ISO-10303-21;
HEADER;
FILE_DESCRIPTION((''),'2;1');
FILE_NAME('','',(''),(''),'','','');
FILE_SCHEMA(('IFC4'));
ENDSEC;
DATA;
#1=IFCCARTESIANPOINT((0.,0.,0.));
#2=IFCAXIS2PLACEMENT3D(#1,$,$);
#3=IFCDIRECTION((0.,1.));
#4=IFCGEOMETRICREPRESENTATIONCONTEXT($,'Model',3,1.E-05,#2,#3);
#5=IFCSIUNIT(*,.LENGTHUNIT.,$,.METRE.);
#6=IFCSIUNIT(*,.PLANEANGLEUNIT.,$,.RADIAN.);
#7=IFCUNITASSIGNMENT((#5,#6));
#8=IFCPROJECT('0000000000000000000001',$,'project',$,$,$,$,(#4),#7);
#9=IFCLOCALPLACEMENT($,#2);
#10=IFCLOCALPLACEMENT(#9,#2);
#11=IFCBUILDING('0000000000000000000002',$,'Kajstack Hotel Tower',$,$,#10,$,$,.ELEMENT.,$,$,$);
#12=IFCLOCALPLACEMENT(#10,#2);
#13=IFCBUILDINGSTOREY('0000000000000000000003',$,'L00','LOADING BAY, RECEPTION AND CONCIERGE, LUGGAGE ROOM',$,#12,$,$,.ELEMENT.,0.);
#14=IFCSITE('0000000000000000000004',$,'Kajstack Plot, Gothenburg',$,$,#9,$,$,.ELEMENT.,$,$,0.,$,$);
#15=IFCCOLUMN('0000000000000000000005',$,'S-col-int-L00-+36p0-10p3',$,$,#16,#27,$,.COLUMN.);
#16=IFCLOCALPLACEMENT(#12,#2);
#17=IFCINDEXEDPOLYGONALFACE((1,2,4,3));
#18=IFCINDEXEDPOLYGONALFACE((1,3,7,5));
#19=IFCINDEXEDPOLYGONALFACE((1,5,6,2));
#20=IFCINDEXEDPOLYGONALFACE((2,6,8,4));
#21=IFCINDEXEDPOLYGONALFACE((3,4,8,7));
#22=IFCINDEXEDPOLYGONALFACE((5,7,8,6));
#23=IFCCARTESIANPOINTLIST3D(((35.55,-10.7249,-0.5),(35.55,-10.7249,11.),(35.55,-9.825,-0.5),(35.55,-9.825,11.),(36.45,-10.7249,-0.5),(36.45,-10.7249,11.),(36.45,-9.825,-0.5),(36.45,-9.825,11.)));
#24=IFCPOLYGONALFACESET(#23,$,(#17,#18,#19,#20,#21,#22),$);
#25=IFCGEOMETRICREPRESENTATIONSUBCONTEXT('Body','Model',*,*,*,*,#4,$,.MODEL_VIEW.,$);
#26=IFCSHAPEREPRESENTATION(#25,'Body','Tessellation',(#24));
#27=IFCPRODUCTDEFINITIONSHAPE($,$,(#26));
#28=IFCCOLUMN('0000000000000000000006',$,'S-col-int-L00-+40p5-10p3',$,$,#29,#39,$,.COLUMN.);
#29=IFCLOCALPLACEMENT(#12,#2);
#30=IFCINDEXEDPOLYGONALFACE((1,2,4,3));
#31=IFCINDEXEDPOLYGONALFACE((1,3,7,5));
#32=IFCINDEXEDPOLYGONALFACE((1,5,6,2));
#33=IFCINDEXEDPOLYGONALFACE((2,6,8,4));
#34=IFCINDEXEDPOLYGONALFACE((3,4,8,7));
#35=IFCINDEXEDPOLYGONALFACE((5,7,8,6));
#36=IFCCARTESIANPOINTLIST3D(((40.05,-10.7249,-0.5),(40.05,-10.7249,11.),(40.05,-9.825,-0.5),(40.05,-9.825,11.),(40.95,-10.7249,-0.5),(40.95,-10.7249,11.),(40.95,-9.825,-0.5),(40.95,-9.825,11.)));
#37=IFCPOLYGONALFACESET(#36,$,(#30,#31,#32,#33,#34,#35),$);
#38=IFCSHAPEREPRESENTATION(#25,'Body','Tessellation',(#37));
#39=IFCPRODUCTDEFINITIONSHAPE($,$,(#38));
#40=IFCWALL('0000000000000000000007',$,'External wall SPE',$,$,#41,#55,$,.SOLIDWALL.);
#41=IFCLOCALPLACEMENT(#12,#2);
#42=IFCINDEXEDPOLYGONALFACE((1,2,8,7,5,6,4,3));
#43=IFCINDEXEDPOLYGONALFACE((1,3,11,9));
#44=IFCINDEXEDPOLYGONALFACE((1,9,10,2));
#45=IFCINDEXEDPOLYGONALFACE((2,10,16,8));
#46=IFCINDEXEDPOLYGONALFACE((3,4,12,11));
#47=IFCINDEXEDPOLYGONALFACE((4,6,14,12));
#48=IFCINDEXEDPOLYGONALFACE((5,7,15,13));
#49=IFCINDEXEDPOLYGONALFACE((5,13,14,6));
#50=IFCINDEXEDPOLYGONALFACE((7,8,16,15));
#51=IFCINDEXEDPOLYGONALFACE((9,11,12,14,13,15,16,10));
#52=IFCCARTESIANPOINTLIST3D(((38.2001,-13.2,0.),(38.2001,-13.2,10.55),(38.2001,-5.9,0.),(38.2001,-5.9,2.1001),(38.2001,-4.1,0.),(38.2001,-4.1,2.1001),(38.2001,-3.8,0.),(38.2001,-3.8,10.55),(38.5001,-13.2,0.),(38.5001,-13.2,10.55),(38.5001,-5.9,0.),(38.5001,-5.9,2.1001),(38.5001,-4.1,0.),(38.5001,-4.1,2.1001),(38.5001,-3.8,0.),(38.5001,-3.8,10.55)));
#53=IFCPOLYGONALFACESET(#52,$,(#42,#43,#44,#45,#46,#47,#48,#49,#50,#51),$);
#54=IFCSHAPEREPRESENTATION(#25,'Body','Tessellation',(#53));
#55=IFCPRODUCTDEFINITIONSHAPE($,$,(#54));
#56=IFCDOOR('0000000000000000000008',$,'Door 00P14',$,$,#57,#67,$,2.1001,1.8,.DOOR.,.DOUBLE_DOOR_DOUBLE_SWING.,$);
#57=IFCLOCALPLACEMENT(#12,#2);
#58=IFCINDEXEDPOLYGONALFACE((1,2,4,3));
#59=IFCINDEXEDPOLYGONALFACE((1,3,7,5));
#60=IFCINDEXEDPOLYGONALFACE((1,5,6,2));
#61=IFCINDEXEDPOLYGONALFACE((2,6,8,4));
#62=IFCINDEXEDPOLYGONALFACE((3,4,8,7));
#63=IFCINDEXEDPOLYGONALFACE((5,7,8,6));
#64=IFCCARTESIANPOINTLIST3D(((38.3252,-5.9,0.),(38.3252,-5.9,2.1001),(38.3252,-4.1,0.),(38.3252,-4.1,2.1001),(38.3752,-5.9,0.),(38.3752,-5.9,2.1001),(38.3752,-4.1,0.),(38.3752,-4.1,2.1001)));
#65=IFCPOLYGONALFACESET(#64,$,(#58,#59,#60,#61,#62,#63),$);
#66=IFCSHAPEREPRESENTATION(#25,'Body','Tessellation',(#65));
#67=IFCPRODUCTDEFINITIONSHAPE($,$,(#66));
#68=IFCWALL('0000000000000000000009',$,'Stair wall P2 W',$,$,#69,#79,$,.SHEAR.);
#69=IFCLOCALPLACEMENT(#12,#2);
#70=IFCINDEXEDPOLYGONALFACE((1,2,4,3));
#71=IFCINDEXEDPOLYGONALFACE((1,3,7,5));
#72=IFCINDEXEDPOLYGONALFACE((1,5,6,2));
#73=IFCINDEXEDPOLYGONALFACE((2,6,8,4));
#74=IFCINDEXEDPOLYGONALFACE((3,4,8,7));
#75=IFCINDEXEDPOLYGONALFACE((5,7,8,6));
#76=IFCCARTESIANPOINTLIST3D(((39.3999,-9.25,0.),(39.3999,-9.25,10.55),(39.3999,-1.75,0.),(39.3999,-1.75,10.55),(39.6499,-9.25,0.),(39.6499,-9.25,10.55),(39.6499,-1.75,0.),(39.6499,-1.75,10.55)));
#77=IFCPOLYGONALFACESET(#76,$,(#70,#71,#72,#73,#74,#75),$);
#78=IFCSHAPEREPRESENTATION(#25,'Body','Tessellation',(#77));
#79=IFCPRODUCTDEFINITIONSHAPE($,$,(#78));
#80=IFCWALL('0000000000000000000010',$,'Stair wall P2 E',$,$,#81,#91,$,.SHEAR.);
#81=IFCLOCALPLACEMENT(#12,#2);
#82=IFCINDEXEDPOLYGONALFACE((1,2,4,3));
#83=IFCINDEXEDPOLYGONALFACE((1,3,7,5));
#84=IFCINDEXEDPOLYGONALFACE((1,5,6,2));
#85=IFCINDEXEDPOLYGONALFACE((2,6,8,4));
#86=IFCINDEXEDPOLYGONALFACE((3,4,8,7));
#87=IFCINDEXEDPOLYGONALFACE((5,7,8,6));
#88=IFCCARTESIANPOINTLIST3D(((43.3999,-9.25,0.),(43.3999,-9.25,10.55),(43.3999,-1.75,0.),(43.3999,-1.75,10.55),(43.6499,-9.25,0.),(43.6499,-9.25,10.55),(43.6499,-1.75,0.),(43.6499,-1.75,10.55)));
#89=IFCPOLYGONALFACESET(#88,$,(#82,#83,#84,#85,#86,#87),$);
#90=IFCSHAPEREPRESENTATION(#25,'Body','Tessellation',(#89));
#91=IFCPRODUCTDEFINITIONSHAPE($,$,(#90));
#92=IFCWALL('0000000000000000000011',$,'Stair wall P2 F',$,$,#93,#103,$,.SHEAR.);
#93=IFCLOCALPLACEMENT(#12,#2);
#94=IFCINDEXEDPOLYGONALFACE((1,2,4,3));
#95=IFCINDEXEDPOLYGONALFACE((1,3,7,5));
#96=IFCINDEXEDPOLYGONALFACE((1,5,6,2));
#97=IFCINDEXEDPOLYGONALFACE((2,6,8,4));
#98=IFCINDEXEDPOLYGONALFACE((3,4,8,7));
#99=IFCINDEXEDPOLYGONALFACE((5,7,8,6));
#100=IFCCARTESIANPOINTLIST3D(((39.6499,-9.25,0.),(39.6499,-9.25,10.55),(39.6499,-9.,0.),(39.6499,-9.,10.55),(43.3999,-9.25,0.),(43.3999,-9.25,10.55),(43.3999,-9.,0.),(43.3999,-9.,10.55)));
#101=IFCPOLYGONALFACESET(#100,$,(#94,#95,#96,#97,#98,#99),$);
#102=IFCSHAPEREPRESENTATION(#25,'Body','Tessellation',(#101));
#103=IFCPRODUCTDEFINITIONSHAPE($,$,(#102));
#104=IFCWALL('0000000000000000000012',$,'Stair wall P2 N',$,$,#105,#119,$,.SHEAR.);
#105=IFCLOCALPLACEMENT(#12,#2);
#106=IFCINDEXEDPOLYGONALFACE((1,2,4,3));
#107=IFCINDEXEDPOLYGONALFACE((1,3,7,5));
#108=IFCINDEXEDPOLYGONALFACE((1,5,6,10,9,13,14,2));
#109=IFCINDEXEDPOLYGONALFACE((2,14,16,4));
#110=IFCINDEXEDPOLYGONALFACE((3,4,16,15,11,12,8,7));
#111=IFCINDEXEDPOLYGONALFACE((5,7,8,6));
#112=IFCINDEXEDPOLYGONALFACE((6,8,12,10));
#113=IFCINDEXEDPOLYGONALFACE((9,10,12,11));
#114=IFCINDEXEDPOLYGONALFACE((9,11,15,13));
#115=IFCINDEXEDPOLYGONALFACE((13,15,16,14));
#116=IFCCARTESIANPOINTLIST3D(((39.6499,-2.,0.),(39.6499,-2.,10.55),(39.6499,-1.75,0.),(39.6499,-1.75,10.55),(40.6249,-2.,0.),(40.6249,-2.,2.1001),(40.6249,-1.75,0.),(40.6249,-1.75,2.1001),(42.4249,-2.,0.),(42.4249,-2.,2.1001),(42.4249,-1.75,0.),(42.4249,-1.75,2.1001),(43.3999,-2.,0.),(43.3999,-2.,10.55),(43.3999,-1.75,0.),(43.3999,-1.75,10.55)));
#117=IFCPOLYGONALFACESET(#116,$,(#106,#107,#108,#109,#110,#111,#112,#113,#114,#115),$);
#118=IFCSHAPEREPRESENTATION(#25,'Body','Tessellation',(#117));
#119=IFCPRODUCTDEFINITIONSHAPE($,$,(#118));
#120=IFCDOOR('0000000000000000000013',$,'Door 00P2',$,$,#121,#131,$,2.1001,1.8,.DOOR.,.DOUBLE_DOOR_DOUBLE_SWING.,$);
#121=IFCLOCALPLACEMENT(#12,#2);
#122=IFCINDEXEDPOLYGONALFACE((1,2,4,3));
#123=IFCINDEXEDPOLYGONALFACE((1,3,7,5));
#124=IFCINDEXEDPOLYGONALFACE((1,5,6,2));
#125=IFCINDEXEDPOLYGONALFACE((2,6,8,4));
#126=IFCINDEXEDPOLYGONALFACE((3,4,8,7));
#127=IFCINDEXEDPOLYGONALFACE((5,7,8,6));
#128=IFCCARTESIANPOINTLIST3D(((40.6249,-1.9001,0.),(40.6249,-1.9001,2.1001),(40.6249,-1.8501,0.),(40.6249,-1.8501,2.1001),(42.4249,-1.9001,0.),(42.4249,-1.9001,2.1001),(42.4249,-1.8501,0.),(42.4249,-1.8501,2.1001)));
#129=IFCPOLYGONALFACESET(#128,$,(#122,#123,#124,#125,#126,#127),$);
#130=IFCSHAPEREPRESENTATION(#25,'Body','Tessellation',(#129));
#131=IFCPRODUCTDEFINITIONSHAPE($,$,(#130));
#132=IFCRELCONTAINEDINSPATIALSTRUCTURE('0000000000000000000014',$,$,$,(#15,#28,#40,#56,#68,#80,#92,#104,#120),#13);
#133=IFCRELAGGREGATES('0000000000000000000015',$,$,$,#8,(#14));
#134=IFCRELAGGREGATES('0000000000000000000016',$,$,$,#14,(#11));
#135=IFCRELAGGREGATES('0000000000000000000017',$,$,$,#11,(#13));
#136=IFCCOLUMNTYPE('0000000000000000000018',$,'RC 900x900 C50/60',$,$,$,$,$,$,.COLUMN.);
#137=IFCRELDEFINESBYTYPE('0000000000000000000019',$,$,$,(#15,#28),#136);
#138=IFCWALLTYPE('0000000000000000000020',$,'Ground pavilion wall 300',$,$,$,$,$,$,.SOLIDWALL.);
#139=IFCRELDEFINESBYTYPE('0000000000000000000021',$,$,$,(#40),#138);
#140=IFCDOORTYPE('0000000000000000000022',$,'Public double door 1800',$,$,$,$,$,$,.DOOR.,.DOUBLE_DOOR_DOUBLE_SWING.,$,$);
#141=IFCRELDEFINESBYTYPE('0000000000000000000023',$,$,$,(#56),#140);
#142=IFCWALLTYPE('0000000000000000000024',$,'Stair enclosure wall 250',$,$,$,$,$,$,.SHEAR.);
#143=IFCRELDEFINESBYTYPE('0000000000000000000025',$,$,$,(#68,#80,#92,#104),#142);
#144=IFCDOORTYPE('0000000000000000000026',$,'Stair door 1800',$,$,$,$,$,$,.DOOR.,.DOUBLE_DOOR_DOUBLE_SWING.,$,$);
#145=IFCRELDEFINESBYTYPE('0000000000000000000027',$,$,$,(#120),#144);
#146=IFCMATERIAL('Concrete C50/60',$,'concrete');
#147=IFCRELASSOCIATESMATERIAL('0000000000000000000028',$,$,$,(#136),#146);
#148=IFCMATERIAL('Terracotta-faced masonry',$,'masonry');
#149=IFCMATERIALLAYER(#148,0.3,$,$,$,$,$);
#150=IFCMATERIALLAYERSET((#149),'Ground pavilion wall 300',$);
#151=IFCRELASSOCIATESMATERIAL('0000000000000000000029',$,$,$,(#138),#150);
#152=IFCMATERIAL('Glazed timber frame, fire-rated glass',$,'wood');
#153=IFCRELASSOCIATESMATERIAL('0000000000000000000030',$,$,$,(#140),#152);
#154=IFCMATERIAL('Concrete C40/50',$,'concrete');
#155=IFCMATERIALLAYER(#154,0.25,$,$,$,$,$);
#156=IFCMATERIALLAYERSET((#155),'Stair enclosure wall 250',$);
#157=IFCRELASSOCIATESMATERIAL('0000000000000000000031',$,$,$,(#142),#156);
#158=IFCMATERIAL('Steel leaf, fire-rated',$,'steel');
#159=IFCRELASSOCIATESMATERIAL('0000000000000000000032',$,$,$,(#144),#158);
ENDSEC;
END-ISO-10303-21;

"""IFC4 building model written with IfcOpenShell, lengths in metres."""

from ifc_helpers import new_model, si_unit, direction, frame, frame_2d, origin, origin_2d, place, context, subcontext, project, spatial, rectangle, extrude, material, layer, layer_set, material_profile, profile_set, type_object, element, fill, save


model = new_model("IFC4")

# Units and contexts
model_context = context("Model", 3, precision=1e-05, world=origin(), true_north=direction((0.0, 1.0)))
body_context = subcontext(model_context, "Body", "Model", "MODEL_VIEW")
ifc_project = project(units=[si_unit("LENGTHUNIT", "METRE"), si_unit("PLANEANGLEUNIT", "RADIAN")], contexts=[model_context])

# Site, building, storey
site_placement = place(None, origin())
site = spatial("IfcSite", under=ifc_project, at=site_placement, Name="Kajstack Plot, Gothenburg", CompositionType="ELEMENT", RefElevation=0.0)
building_placement = place(site_placement, origin())
building = spatial("IfcBuilding", under=site, at=building_placement, Name="Kajstack Hotel Tower", CompositionType="ELEMENT")
storey_placement = place(building_placement, origin())
storey = spatial("IfcBuildingStorey", under=building, at=storey_placement, Name="L00", Description="LOADING BAY, RECEPTION AND CONCIERGE, LUGGAGE ROOM", CompositionType="ELEMENT", Elevation=0.0)

# Shared definitions
ifc_material_1 = material(Name="Concrete C40/50", Category="concrete")

# Columns
ifc_material_2 = material(Name="Concrete C50/60", Category="concrete")
ifc_material_profile_1 = material_profile(ifc_material_2, rectangle(XDim=0.8999, YDim=0.8999, at=origin_2d()), Name="RC 900x900")
ifc_profile_set_1 = profile_set([ifc_material_profile_1], Name="Concrete C50/60")
column_type_1 = type_object("IfcColumnType", Name="RC 900x900 C50/60", PredefinedType="COLUMN", material=ifc_profile_set_1)
for number, where, z_axis, x_axis, name in (
    (1, (36.0, -10.2749, -0.5), (0.0, 0.0, 1.0), (1.0, 0.0, 0.0), "S-col-int-L00-+36p0-10p3"),
    (2, (40.5, -10.2749, -0.5), (0.0, 0.0, 1.0), (1.0, 0.0, 0.0), "S-col-int-L00-+40p5-10p3"),
):
    element("IfcColumn", number, at=place(storey_placement, frame(where, z_axis=z_axis, x_axis=x_axis)), inside=storey, type_object=column_type_1, Name=name, PredefinedType="COLUMN", context=body_context, shape_type="SweptSolid", body=[
        extrude(rectangle(XDim=0.8999, YDim=0.8999, at=origin_2d()), origin(), (0.0, 0.0, 1.0), 11.5),
    ])

# Wall, opening, door
ifc_material_3 = material(Name="Terracotta-faced masonry", Category="masonry")
ifc_layer_1 = layer(ifc_material_3, 0.3)
ifc_layer_set_1 = layer_set([ifc_layer_1], Name="Ground pavilion wall 300")
wall_type_1 = type_object("IfcWallType", Name="Ground pavilion wall 300", PredefinedType="SOLIDWALL", material=ifc_layer_set_1)
wall_1_placement = place(storey_placement, frame((38.3501, -13.2, 0.0), z_axis=(0.0, 0.0, 1.0), x_axis=(0.0, 1.0, 0.0)))
wall_1 = element("IfcWall", 3, at=wall_1_placement, inside=storey, type_object=wall_type_1, Name="External wall SPE", PredefinedType="SOLIDWALL", context=body_context, shape_type="SweptSolid", body=[
    extrude(rectangle(XDim=9.3999, YDim=0.3, at=frame_2d((4.7, 0.0))), origin(), (0.0, 0.0, 1.0), 10.55),
])
opening_1_placement = place(wall_1_placement, frame((7.3, 0.0, 0.0)))
opening_1 = element("IfcOpeningElement", 4, at=opening_1_placement, cuts=wall_1, PredefinedType="OPENING", context=body_context, shape_type="SweptSolid", body=[
    extrude(rectangle(XDim=1.8, YDim=2.1001, at=frame_2d((0.8999, 1.05))), frame((0.0, 0.1599, 0.0), z_axis=(0.0, -1.0, 0.0), x_axis=(1.0, 0.0, 0.0)), (0.0, 0.0, 1.0), 0.3201),
])
ifc_material_4 = material(Name="Glazed timber frame, fire-rated glass", Category="wood")
door_type_1 = type_object("IfcDoorType", Name="Public double door 1800", OperationType="DOUBLE_DOOR_DOUBLE_SWING", PredefinedType="DOOR", material=ifc_material_4)
door_1_placement = place(opening_1_placement, origin())
door_1 = element("IfcDoor", 5, at=door_1_placement, inside=storey, type_object=door_type_1, Name="Door 00P14", OperationType="DOUBLE_DOOR_DOUBLE_SWING", OverallHeight=2.1001, OverallWidth=1.8, PredefinedType="DOOR", context=body_context, shape_type="SweptSolid", body=[
    extrude(rectangle(XDim=1.8, YDim=2.1001, at=frame_2d((0.8999, 1.05))), frame((0.0, 0.0249, 0.0), z_axis=(0.0, -1.0, 0.0), x_axis=(1.0, 0.0, 0.0)), (0.0, 0.0, 1.0), 0.05),
])
fill(opening_1, door_1)

# Walls
ifc_layer_2 = layer(ifc_material_1, 0.25)
ifc_layer_set_2 = layer_set([ifc_layer_2], Name="Stair enclosure wall 250")
wall_type_2 = type_object("IfcWallType", Name="Stair enclosure wall 250", PredefinedType="SHEAR", material=ifc_layer_set_2)
for number, where, z_axis, x_axis, name in (
    (6, (39.5249, -9.25, 0.0), (0.0, 0.0, 1.0), (0.0, 1.0, 0.0), "Stair wall P2 W"),
    (7, (43.5249, -9.25, 0.0), (0.0, 0.0, 1.0), (0.0, 1.0, 0.0), "Stair wall P2 E"),
):
    element("IfcWall", number, at=place(storey_placement, frame(where, z_axis=z_axis, x_axis=x_axis)), inside=storey, type_object=wall_type_2, Name=name, PredefinedType="SHEAR", context=body_context, shape_type="SweptSolid", body=[
        extrude(rectangle(XDim=7.5, YDim=0.25, at=frame_2d((3.75, 0.0))), origin(), (0.0, 0.0, 1.0), 10.55),
    ])
wall_2_placement = place(storey_placement, frame((39.6499, -9.125, 0.0), z_axis=(0.0, 0.0, 1.0), x_axis=(1.0, 0.0, 0.0)))
element("IfcWall", 8, at=wall_2_placement, inside=storey, type_object=wall_type_2, Name="Stair wall P2 F", PredefinedType="SHEAR", context=body_context, shape_type="SweptSolid", body=[
    extrude(rectangle(XDim=3.75, YDim=0.25, at=frame_2d((1.875, 0.0))), origin(), (0.0, 0.0, 1.0), 10.55),
])

# Wall, opening, door
wall_3_placement = place(storey_placement, frame((39.6499, -1.875, 0.0), z_axis=(0.0, 0.0, 1.0), x_axis=(1.0, 0.0, 0.0)))
wall_3 = element("IfcWall", 9, at=wall_3_placement, inside=storey, type_object=wall_type_2, Name="Stair wall P2 N", PredefinedType="SHEAR", context=body_context, shape_type="SweptSolid", body=[
    extrude(rectangle(XDim=3.75, YDim=0.25, at=frame_2d((1.875, 0.0))), origin(), (0.0, 0.0, 1.0), 10.55),
])
opening_2_placement = place(wall_3_placement, frame((0.9751, 0.0, 0.0)))
opening_2 = element("IfcOpeningElement", 10, at=opening_2_placement, cuts=wall_3, PredefinedType="OPENING", context=body_context, shape_type="SweptSolid", body=[
    extrude(rectangle(XDim=1.8, YDim=2.1001, at=frame_2d((0.8999, 1.05))), frame((0.0, 0.135, 0.0), z_axis=(0.0, -1.0, 0.0), x_axis=(1.0, 0.0, 0.0)), (0.0, 0.0, 1.0), 0.27),
])
ifc_material_5 = material(Name="Steel leaf, fire-rated", Category="steel")
door_type_2 = type_object("IfcDoorType", Name="Stair door 1800", OperationType="DOUBLE_DOOR_DOUBLE_SWING", PredefinedType="DOOR", material=ifc_material_5)
door_2_placement = place(opening_2_placement, origin())
door_2 = element("IfcDoor", 11, at=door_2_placement, inside=storey, type_object=door_type_2, Name="Door 00P2", OperationType="DOUBLE_DOOR_DOUBLE_SWING", OverallHeight=2.1001, OverallWidth=1.8, PredefinedType="DOOR", context=body_context, shape_type="SweptSolid", body=[
    extrude(rectangle(XDim=1.8, YDim=2.1001, at=frame_2d((0.8999, 1.05))), frame((0.0, 0.0249, 0.0), z_axis=(0.0, -1.0, 0.0), x_axis=(1.0, 0.0, 0.0)), (0.0, 0.0, 1.0), 0.05),
])
fill(opening_2, door_2)

save(model, "model.ifc")
